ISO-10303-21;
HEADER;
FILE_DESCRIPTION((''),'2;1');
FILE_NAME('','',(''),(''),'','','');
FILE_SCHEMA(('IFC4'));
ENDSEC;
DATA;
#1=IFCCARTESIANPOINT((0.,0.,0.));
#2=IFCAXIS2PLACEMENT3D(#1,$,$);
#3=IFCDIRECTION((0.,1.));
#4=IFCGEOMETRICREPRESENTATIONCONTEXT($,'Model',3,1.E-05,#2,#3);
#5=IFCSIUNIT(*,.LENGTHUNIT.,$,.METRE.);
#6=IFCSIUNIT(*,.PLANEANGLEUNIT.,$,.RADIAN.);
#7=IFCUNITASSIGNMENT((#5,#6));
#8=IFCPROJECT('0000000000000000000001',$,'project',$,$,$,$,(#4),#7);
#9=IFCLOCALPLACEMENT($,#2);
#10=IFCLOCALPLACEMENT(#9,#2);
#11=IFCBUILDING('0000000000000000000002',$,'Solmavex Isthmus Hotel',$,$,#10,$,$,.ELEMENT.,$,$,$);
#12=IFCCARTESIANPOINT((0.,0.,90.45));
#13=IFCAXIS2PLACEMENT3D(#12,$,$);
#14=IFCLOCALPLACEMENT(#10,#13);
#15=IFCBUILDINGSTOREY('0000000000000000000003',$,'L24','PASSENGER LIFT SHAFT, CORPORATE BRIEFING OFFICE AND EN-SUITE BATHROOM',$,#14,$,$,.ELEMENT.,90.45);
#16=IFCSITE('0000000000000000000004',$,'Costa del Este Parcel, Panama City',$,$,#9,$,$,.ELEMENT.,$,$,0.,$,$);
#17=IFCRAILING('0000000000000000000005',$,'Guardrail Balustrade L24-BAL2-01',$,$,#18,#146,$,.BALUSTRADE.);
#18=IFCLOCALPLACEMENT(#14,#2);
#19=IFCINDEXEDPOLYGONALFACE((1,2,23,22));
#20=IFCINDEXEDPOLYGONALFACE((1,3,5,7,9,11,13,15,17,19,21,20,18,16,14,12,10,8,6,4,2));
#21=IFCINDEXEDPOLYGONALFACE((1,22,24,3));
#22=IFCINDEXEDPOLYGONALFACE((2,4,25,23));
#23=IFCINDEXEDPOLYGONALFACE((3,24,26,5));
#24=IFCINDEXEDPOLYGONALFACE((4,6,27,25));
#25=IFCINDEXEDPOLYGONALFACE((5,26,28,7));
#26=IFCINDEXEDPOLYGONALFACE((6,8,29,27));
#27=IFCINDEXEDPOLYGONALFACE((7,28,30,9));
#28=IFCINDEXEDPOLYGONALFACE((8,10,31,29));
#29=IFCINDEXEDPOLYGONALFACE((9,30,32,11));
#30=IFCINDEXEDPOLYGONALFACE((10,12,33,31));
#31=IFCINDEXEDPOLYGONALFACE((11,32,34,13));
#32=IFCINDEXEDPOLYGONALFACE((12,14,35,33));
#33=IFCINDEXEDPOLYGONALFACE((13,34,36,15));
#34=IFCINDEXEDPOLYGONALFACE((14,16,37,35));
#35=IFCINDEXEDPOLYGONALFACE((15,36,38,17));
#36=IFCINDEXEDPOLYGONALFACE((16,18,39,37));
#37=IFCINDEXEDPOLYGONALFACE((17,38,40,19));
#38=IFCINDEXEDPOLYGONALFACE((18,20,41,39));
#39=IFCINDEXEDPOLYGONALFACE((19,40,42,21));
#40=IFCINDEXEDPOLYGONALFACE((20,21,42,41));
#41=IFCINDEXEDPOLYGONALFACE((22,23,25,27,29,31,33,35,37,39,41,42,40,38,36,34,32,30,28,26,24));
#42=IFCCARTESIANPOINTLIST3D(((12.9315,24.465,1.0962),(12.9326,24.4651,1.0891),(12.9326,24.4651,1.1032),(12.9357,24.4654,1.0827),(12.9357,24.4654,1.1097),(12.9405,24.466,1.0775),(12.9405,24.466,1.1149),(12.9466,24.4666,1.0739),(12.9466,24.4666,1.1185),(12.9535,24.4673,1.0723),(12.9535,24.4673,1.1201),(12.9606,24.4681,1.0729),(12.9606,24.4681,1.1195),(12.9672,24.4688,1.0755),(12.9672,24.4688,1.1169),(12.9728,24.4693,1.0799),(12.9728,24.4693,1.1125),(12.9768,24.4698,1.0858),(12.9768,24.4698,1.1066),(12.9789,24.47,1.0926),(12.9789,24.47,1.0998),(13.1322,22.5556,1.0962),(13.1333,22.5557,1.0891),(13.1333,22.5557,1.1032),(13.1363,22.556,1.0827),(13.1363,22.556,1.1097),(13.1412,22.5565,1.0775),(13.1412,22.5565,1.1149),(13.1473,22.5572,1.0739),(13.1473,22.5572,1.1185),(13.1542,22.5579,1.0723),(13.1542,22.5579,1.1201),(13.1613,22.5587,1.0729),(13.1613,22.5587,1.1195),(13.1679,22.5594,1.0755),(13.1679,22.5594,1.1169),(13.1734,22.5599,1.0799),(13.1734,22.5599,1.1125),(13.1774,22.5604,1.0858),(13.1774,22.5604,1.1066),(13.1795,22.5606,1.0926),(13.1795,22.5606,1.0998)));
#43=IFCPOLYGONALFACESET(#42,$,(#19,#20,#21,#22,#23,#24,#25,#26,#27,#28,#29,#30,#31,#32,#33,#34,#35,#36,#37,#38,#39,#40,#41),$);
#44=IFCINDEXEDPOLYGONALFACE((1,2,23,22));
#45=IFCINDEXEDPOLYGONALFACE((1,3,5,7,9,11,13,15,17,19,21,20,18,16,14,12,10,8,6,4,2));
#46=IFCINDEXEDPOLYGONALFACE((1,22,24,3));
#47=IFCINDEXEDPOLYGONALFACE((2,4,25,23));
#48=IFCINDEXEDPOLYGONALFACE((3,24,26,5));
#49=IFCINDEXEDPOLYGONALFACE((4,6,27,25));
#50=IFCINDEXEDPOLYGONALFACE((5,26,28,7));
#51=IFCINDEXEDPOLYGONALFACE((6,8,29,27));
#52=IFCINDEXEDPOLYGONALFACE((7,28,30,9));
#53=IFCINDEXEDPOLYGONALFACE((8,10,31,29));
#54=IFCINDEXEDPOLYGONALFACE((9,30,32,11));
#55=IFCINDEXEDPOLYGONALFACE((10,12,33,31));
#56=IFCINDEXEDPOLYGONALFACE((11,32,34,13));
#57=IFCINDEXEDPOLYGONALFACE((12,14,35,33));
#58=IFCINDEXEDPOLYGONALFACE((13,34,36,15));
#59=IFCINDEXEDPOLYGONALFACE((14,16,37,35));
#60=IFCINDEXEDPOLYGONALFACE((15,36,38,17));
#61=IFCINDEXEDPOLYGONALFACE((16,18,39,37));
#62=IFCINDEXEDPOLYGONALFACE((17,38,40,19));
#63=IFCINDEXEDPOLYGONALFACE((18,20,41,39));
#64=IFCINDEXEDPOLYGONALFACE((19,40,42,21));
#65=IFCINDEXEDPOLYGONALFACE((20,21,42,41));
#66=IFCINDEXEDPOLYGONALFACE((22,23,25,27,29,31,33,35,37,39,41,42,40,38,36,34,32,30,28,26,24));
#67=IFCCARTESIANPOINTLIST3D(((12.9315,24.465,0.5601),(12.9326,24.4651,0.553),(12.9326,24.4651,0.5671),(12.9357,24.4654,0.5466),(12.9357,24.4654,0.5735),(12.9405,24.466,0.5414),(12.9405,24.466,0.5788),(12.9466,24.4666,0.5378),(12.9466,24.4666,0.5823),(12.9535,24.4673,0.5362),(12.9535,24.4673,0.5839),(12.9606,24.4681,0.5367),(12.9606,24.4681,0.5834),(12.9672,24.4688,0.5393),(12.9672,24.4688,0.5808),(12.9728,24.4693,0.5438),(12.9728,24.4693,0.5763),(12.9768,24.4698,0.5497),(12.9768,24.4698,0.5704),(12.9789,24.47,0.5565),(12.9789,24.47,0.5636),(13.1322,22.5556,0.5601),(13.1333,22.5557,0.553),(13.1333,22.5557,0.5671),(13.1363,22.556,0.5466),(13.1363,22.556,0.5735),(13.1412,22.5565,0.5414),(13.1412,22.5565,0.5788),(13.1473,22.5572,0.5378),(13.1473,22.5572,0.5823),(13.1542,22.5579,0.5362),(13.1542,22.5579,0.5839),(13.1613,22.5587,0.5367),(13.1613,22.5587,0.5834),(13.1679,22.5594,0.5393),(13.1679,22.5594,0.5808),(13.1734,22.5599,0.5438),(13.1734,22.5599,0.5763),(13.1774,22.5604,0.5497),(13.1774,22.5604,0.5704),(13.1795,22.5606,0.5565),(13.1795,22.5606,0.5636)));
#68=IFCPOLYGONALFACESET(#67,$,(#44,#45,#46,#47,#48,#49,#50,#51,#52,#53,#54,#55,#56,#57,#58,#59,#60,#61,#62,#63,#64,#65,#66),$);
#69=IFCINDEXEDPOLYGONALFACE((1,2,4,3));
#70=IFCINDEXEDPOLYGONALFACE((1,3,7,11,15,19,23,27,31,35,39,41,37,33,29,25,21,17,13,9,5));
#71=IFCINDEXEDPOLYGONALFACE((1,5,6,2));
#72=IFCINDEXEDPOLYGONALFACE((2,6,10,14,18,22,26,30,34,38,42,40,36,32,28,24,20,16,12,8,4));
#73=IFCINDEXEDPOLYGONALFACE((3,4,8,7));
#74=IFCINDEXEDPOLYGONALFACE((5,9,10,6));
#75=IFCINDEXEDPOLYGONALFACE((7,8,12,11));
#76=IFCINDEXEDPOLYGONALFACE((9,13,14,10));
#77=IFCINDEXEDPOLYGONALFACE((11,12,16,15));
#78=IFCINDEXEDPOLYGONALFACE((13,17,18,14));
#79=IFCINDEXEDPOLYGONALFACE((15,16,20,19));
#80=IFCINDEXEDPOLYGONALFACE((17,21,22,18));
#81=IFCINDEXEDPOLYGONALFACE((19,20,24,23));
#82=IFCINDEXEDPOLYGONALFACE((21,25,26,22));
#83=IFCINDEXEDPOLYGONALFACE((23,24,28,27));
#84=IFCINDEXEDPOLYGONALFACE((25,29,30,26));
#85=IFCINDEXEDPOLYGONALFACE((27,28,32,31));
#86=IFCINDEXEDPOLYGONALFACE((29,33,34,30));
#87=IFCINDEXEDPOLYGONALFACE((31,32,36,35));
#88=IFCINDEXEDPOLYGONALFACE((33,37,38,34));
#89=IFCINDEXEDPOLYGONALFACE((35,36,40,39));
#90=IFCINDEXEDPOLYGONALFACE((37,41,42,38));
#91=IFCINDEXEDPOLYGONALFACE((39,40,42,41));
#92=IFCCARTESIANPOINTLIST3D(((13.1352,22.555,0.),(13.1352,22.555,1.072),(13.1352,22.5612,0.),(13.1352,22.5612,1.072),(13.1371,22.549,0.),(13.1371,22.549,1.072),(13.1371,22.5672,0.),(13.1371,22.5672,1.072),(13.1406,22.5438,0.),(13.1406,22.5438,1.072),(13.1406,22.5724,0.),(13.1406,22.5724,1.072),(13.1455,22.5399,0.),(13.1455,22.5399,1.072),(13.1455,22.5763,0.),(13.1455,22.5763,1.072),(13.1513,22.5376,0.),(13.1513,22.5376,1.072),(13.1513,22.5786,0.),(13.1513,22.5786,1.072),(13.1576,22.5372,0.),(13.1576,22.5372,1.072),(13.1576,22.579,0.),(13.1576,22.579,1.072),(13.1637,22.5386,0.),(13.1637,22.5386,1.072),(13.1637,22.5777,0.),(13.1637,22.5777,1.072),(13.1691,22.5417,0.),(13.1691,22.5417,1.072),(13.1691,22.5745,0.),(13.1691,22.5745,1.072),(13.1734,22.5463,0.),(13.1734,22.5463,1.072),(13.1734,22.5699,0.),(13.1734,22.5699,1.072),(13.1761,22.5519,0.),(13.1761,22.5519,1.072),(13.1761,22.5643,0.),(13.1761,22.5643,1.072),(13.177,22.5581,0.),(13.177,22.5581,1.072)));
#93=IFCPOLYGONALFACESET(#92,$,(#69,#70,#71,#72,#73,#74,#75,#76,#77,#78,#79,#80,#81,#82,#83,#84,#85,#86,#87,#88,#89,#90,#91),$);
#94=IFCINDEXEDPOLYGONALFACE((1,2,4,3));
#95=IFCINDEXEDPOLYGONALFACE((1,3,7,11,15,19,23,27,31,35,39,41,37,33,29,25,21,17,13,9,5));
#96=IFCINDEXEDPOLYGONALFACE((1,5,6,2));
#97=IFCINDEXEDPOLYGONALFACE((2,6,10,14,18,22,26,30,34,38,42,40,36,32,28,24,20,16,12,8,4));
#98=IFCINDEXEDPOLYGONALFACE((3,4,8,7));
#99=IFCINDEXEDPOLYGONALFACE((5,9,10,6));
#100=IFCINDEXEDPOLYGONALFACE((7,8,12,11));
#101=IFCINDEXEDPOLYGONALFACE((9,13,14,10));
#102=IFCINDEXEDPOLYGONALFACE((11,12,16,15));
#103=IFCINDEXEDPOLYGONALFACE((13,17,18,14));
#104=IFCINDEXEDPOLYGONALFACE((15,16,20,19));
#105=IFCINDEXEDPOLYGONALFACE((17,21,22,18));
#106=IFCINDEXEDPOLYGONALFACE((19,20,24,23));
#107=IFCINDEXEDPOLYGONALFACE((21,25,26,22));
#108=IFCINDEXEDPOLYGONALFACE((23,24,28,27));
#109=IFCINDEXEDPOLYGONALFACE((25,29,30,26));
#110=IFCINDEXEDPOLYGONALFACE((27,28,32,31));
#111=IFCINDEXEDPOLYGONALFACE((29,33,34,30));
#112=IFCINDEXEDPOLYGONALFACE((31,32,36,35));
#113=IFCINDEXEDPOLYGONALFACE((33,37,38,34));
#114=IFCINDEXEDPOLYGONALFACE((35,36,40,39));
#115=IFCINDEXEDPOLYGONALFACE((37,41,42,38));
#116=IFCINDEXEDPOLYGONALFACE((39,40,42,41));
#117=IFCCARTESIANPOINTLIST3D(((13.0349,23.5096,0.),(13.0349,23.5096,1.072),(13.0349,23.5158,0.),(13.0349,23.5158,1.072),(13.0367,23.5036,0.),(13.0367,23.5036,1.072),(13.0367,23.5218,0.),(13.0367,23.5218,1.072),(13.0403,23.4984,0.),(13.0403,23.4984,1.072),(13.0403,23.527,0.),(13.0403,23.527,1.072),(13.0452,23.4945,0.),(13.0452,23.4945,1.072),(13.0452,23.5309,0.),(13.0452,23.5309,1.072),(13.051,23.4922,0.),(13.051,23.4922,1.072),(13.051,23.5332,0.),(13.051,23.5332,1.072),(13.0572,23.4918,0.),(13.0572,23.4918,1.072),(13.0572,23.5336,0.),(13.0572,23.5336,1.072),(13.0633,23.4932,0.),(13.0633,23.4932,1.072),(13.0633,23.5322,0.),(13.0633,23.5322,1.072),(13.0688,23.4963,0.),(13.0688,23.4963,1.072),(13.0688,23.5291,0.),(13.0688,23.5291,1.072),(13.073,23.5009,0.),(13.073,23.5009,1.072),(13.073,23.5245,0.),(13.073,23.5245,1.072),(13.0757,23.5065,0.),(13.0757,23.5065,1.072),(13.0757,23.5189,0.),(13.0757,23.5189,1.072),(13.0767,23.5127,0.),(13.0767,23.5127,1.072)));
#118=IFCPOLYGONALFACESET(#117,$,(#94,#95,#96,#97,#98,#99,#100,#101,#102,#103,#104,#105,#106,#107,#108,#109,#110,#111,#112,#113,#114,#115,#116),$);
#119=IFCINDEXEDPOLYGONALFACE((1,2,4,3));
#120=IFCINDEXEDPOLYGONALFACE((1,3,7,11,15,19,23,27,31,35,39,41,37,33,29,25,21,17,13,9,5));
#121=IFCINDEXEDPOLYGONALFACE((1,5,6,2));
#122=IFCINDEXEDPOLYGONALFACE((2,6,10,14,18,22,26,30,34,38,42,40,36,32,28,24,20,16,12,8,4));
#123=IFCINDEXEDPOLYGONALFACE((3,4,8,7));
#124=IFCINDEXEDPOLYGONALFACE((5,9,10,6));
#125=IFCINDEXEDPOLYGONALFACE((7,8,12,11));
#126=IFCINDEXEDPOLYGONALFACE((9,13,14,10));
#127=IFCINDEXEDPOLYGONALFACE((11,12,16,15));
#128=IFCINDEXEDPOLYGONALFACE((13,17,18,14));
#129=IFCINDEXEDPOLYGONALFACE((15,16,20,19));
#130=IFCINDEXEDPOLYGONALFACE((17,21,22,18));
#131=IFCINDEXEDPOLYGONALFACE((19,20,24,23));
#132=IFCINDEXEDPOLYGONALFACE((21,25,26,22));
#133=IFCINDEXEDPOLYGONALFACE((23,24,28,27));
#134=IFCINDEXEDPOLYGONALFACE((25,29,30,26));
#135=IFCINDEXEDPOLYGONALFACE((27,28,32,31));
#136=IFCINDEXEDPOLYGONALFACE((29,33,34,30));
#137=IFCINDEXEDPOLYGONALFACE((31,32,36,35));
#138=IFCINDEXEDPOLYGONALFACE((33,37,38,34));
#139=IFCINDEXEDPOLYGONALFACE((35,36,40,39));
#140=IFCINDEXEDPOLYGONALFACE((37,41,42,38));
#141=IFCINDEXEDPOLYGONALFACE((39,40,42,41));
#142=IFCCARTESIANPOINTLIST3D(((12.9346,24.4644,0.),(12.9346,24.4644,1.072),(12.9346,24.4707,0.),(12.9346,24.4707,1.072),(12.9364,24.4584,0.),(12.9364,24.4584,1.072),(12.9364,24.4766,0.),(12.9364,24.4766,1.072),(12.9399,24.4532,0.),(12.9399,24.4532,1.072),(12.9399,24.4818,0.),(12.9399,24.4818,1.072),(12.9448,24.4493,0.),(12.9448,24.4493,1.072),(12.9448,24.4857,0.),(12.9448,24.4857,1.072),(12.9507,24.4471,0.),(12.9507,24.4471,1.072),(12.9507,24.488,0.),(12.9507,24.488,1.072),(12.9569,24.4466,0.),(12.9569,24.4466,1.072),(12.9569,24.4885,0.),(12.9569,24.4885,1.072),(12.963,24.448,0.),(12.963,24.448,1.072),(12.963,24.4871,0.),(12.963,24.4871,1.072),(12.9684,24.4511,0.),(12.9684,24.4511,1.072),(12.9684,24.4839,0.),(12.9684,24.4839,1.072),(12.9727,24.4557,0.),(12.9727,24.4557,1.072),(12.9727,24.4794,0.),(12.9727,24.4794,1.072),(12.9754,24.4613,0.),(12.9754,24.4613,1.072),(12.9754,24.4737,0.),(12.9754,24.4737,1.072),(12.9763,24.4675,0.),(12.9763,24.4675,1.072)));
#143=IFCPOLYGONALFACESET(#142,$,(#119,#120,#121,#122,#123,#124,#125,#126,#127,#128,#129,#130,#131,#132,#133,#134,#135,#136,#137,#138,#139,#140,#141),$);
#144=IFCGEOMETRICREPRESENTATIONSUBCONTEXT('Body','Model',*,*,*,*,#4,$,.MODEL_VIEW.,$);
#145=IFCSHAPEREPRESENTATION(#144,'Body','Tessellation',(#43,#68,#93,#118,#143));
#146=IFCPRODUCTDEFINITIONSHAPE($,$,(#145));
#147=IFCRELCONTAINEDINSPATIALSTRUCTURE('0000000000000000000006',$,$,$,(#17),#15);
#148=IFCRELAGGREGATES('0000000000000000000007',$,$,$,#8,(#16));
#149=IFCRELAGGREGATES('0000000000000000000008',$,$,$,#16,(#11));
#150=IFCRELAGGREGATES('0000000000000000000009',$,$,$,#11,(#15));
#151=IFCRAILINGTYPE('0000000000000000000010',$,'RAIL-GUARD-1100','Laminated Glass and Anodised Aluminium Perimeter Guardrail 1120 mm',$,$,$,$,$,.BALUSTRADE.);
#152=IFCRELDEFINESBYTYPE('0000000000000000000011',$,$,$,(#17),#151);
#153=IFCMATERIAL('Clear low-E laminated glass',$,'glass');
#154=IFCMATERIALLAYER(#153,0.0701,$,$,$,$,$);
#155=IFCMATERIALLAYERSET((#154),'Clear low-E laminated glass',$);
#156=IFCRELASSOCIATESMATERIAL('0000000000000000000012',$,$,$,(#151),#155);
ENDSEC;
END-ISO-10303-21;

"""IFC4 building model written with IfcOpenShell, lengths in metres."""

from ifc_helpers import new_model, si_unit, direction, frame, origin, origin_2d, place, context, subcontext, project, spatial, circle, extrude, material, layer, layer_set, type_object, element, save


model = new_model("IFC4")

# Units and contexts
model_context = context("Model", 3, precision=1e-05, world=origin(), true_north=direction((0.0, 1.0)))
body_context = subcontext(model_context, "Body", "Model", "MODEL_VIEW")
ifc_project = project(units=[si_unit("LENGTHUNIT", "METRE"), si_unit("PLANEANGLEUNIT", "RADIAN")], contexts=[model_context])

# Site, building, storey
site_placement = place(None, origin())
site = spatial("IfcSite", under=ifc_project, at=site_placement, Name="Costa del Este Parcel, Panama City", CompositionType="ELEMENT", RefElevation=0.0)
building_placement = place(site_placement, origin())
building = spatial("IfcBuilding", under=site, at=building_placement, Name="Solmavex Isthmus Hotel", CompositionType="ELEMENT")
storey_placement = place(building_placement, frame((0.0, 0.0, 90.45)))
storey = spatial("IfcBuildingStorey", under=building, at=storey_placement, Name="L24", Description="PASSENGER LIFT SHAFT, CORPORATE BRIEFING OFFICE AND EN-SUITE BATHROOM", CompositionType="ELEMENT", Elevation=90.45)

# Shared definitions
ifc_material_1 = material(Name="Clear low-E laminated glass", Category="glass")

# Railing
ifc_layer_1 = layer(ifc_material_1, 0.0701)
ifc_layer_set_1 = layer_set([ifc_layer_1], Name="Clear low-E laminated glass")
railing_type = type_object("IfcRailingType", Name="RAIL-GUARD-1100", Description="Laminated Glass and Anodised Aluminium Perimeter Guardrail 1120 mm", PredefinedType="BALUSTRADE", material=ifc_layer_set_1)
railing_1_placement = place(storey_placement, frame((13.156, 22.5581, 0.0)))
element("IfcRailing", 1, at=railing_1_placement, inside=storey, type_object=railing_type, Name="Guardrail Balustrade L24-BAL2-01", PredefinedType="BALUSTRADE", context=body_context, shape_type="SweptSolid", body=[
    extrude(circle(Radius=0.0239, at=origin_2d()), frame((0.0, 0.0, 1.0962), z_axis=(-0.104526, 0.994522, 0.0), x_axis=(-0.994522, -0.104526, 0.0)), (0.0, 0.0, 1.0), 1.9199),
    extrude(circle(Radius=0.0239, at=origin_2d()), frame((0.0, 0.0, 0.5601), z_axis=(-0.104526, 0.994522, 0.0), x_axis=(-0.994522, -0.104526, 0.0)), (0.0, 0.0, 1.0), 1.9199),
    extrude(circle(Radius=0.021, at=origin_2d()), origin(), (0.0, 0.0, 1.0), 1.072),
    extrude(circle(Radius=0.021, at=origin_2d()), frame((-0.1003, 0.9546, 0.0)), (0.0, 0.0, 1.0), 1.072),
    extrude(circle(Radius=0.021, at=origin_2d()), frame((-0.2007, 1.9094, 0.0)), (0.0, 0.0, 1.0), 1.072),
])

save(model, "model.ifc")
